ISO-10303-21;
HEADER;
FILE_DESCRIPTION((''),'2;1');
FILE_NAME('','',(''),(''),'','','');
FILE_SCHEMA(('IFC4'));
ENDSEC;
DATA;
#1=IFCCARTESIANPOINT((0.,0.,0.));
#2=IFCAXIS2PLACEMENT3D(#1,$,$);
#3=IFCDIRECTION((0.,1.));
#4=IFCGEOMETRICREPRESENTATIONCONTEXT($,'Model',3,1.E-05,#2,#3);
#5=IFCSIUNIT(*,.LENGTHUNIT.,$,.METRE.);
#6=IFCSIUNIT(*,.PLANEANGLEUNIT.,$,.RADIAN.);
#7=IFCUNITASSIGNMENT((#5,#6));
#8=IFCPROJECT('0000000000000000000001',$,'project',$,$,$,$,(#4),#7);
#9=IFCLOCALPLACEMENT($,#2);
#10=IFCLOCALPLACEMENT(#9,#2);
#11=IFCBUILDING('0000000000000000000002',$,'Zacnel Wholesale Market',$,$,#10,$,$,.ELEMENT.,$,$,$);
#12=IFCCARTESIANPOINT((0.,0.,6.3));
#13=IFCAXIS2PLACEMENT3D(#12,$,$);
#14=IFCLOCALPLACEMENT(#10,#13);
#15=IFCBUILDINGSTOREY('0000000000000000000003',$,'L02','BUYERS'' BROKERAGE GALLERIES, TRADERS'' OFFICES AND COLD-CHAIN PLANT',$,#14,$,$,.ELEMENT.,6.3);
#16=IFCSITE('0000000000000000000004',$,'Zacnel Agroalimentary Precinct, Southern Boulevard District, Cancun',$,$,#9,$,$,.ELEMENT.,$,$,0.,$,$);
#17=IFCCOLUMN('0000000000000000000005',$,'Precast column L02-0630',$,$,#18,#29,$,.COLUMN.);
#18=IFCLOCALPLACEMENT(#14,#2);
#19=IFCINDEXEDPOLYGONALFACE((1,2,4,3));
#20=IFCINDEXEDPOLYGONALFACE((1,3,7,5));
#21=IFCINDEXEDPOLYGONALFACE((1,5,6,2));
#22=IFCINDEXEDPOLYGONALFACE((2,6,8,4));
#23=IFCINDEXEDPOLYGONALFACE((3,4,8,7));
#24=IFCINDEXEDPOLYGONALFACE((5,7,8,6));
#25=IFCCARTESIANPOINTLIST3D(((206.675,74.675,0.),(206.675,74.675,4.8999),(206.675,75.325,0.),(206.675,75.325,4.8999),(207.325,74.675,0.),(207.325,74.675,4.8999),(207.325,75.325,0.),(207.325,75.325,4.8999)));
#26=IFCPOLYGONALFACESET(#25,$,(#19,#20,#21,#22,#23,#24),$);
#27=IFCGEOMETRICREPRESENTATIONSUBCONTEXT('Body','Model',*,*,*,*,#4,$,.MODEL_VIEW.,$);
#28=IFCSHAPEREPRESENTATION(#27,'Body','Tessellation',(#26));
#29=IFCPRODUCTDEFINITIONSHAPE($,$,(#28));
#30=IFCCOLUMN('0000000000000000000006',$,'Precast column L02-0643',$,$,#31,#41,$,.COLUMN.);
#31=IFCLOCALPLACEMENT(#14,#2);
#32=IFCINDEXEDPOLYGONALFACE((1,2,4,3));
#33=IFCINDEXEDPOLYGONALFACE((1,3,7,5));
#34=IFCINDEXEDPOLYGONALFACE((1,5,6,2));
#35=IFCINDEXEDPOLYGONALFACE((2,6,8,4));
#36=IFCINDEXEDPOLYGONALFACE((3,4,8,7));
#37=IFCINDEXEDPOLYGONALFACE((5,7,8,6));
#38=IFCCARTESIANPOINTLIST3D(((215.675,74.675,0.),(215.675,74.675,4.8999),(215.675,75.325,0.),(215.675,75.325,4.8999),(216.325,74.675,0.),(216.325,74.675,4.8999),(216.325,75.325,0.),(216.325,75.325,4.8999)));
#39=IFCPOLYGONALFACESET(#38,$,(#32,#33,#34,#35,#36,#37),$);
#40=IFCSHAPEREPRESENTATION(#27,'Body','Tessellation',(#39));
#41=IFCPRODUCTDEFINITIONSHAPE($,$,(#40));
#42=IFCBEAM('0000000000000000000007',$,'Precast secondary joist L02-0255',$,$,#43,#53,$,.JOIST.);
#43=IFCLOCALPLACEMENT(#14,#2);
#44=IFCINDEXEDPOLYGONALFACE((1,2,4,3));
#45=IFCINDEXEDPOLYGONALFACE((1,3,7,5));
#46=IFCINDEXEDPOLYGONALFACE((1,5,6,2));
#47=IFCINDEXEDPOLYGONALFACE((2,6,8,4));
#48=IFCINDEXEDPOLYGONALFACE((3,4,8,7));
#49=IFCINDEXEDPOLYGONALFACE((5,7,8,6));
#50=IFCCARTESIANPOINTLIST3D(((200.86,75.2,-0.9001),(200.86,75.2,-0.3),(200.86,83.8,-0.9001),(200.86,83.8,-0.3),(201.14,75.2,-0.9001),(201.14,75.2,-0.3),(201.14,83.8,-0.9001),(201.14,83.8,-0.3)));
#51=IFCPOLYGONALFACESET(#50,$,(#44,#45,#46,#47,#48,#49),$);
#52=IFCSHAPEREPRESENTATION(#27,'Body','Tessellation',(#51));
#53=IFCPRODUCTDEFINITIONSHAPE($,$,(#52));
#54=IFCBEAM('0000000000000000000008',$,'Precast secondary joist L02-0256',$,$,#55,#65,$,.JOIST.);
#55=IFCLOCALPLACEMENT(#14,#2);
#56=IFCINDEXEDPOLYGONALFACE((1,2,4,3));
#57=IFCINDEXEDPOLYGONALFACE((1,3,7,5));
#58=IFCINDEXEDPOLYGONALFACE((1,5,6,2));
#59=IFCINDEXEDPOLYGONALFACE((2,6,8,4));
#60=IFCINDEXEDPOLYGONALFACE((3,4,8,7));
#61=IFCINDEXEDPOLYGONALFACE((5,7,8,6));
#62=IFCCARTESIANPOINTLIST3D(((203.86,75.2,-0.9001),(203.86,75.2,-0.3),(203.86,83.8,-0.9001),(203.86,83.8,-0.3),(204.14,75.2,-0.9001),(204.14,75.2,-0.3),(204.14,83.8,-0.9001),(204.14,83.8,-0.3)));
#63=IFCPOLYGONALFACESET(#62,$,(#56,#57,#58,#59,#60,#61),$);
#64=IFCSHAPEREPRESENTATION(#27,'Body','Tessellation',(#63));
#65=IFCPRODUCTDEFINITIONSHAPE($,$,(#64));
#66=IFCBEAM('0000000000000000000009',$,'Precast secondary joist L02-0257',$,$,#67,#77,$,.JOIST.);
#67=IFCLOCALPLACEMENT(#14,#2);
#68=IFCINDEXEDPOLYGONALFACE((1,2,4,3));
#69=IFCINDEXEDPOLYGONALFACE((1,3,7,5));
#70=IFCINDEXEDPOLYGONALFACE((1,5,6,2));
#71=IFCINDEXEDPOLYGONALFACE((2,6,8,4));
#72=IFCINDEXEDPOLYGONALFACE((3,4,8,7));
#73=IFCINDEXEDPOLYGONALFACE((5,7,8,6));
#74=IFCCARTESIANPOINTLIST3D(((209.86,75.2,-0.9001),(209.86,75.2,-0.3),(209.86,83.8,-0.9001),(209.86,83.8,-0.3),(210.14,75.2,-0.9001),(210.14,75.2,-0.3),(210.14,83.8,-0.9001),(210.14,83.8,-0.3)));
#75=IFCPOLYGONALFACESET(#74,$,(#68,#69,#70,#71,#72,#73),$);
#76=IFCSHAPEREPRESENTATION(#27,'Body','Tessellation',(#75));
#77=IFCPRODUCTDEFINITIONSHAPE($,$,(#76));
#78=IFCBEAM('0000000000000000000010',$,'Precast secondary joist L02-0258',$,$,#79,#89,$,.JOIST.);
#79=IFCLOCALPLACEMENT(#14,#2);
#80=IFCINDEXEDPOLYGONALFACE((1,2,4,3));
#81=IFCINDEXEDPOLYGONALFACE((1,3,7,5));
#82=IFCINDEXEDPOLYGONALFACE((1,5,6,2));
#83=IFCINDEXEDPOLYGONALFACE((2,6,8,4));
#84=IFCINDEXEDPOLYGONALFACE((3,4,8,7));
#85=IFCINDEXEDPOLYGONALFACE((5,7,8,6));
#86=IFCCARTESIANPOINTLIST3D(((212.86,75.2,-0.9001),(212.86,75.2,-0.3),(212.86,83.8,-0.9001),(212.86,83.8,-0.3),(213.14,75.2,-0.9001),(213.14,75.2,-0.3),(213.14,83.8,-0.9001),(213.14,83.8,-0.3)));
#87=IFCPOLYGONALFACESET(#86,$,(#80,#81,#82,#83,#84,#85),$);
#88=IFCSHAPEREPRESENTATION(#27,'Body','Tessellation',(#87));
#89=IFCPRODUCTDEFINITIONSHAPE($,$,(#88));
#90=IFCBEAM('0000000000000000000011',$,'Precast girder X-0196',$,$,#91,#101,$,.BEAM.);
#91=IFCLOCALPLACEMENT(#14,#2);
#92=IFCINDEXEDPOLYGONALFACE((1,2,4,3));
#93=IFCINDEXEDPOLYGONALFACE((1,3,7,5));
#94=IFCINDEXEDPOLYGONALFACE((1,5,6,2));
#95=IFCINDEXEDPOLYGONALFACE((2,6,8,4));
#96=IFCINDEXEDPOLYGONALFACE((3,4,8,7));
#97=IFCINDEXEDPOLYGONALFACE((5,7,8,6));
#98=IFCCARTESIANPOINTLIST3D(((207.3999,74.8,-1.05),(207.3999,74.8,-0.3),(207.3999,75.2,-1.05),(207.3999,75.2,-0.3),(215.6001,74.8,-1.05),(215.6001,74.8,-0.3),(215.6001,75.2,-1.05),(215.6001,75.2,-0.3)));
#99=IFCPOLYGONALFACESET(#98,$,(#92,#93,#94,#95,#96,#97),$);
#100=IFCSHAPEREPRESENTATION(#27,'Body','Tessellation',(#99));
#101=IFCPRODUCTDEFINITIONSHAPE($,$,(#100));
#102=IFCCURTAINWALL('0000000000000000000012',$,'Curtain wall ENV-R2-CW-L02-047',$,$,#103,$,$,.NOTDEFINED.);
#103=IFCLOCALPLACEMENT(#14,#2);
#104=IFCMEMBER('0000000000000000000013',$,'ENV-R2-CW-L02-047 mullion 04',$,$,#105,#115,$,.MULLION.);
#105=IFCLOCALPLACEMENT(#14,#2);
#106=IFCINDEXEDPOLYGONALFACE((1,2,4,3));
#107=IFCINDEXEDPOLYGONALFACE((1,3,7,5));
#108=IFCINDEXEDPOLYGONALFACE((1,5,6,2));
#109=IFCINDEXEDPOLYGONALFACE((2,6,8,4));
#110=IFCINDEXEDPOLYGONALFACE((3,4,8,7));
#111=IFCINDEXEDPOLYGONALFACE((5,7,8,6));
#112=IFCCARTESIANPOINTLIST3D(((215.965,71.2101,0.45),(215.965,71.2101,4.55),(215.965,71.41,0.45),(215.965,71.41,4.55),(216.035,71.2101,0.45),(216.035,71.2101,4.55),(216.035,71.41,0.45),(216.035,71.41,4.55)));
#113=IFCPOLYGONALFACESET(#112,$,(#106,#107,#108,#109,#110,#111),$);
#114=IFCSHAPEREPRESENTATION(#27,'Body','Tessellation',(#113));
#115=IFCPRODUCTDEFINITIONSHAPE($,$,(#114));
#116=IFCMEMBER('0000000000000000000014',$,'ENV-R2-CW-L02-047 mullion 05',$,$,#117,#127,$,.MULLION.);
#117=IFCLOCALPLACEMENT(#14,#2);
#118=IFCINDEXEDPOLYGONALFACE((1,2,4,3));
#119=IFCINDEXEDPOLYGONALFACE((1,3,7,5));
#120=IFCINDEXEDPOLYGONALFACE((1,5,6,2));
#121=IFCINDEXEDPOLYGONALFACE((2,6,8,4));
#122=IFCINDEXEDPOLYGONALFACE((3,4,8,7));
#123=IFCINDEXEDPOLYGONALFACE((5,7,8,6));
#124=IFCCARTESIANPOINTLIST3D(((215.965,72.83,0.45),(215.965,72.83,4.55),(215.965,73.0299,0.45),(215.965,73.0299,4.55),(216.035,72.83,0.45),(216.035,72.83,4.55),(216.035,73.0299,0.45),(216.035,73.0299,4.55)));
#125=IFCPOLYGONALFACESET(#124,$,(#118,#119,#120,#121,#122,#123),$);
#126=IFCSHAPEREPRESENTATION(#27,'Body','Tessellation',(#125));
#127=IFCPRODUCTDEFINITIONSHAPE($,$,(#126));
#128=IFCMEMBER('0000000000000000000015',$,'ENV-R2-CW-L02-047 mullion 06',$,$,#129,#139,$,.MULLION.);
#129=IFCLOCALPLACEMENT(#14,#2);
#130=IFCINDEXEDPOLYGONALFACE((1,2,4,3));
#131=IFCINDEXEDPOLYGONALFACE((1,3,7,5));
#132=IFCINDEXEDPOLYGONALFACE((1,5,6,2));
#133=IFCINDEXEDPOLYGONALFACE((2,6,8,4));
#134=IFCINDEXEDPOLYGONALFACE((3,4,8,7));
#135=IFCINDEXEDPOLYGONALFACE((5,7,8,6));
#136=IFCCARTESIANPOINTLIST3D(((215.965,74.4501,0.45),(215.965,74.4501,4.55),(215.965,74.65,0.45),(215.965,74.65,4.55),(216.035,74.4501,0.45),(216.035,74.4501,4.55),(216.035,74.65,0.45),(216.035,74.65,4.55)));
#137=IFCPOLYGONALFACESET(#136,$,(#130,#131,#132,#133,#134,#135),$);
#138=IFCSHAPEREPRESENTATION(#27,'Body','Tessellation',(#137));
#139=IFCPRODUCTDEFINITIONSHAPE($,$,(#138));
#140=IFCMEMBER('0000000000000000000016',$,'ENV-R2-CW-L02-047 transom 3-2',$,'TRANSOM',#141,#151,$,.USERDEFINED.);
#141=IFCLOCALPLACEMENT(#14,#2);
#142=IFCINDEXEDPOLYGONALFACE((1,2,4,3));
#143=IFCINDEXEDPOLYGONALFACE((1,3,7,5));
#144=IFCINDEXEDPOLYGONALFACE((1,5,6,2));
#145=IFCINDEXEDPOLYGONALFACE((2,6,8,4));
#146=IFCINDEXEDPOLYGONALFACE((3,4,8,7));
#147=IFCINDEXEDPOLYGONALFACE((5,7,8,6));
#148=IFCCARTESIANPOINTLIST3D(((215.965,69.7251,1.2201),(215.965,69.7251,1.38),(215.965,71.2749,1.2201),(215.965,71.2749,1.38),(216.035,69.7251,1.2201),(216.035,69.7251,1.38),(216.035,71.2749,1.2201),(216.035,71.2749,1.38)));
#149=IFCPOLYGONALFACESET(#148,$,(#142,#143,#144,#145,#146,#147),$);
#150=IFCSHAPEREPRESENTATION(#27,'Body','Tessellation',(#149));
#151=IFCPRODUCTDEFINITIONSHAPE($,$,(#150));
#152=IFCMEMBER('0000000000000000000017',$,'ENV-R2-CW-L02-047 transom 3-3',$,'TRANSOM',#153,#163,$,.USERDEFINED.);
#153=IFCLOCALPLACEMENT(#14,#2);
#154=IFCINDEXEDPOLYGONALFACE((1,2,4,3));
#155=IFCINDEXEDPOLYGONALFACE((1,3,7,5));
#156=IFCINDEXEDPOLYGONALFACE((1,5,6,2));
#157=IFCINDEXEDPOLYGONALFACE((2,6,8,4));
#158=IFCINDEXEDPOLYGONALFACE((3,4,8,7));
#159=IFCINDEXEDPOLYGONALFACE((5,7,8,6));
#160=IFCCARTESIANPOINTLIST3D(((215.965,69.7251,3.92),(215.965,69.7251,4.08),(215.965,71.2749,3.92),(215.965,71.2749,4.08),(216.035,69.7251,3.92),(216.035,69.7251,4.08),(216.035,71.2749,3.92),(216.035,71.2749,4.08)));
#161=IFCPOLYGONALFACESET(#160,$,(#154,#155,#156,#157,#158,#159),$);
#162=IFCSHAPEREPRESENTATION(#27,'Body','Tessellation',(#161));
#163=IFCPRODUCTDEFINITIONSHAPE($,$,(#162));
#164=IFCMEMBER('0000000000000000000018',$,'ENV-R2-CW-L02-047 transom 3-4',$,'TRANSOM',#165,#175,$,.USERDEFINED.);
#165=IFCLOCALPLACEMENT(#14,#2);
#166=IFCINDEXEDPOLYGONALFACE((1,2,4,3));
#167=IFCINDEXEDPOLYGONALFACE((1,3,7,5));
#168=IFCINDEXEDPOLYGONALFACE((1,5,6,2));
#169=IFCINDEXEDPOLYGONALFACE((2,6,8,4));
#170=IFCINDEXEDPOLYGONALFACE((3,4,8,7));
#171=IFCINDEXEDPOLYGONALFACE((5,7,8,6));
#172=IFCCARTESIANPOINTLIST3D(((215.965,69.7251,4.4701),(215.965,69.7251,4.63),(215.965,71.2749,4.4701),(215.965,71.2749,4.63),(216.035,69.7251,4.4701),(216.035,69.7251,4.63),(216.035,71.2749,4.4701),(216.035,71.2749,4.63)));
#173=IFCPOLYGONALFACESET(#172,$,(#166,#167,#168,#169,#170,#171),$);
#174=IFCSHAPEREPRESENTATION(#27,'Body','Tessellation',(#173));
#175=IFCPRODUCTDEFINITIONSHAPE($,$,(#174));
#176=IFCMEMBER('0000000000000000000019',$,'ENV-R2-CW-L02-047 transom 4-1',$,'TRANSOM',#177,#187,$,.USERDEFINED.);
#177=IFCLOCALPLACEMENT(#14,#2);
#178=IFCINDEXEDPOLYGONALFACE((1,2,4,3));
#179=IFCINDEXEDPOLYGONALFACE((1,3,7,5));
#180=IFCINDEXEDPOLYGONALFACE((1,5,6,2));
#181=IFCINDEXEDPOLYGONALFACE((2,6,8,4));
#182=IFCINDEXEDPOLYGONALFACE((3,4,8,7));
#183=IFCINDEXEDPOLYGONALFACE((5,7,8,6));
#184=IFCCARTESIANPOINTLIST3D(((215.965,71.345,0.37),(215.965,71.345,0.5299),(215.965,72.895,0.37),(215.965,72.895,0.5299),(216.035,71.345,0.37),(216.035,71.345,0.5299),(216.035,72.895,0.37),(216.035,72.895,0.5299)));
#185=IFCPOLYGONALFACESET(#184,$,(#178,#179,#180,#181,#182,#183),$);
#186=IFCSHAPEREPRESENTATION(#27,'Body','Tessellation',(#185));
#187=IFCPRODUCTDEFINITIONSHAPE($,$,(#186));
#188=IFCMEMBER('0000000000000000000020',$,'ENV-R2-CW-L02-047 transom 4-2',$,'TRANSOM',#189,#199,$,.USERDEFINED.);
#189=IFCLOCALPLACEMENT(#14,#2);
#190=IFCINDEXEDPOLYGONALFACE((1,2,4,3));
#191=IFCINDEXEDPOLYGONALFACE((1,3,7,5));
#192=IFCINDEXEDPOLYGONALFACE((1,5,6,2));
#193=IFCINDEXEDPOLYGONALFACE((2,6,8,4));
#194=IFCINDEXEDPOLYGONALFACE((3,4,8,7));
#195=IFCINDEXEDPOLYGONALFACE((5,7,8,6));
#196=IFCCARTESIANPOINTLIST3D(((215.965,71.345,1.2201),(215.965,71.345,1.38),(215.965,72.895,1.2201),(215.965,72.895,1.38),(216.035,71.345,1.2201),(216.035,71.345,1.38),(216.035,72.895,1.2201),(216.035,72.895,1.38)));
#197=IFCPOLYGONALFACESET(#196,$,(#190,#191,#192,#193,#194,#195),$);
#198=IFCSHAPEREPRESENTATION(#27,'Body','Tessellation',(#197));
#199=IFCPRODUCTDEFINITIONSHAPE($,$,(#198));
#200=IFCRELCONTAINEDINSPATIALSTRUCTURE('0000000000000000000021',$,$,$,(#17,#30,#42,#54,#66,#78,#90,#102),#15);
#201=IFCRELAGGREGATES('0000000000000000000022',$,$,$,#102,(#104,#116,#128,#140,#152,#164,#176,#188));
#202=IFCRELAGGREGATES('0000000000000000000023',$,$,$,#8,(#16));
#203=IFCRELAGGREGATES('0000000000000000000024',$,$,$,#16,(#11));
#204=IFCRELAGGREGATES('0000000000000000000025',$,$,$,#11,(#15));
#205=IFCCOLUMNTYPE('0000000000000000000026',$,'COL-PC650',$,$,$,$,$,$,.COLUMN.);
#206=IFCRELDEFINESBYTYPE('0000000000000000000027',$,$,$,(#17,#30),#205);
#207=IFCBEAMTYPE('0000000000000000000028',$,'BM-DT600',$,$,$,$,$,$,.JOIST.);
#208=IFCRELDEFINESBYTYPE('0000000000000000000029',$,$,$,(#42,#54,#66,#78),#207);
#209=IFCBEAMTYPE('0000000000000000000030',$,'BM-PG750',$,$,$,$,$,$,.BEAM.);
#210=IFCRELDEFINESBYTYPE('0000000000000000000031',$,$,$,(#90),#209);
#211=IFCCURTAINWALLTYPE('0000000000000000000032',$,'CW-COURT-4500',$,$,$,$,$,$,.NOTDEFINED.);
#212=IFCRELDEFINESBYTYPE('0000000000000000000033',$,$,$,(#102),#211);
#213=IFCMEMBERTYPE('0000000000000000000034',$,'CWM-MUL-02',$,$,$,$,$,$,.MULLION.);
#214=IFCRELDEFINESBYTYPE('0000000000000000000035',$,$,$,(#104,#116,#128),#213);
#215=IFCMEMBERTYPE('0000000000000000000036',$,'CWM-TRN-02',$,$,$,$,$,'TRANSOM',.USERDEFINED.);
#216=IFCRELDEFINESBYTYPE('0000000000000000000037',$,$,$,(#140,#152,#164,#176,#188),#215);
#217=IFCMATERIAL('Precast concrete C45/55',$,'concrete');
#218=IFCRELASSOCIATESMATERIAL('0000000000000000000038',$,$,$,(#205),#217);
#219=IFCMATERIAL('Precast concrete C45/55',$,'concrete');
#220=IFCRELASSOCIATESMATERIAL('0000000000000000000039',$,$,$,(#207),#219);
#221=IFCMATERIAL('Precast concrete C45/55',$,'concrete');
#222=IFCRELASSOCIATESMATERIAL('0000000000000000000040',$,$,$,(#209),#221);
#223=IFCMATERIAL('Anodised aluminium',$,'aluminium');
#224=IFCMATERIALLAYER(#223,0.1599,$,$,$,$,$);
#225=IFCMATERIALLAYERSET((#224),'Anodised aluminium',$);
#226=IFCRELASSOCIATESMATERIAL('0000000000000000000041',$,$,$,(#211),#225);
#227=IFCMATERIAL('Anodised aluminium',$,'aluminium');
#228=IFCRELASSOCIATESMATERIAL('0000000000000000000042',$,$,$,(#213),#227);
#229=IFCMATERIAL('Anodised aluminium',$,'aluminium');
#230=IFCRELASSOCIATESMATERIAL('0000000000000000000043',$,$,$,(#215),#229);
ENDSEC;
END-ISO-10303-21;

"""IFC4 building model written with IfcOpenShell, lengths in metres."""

from ifc_helpers import new_model, si_unit, direction, frame, origin, origin_2d, place, context, subcontext, project, spatial, rectangle, extrude, material, layer, layer_set, material_profile, profile_set, type_object, element, aggregate, save


model = new_model("IFC4")

# Units and contexts
model_context = context("Model", 3, precision=1e-05, world=origin(), true_north=direction((0.0, 1.0)))
body_context = subcontext(model_context, "Body", "Model", "MODEL_VIEW")
ifc_project = project(units=[si_unit("LENGTHUNIT", "METRE"), si_unit("PLANEANGLEUNIT", "RADIAN")], contexts=[model_context])

# Site, building, storey
site_placement = place(None, origin())
site = spatial("IfcSite", under=ifc_project, at=site_placement, Name="Zacnel Agroalimentary Precinct, Southern Boulevard District, Cancun", CompositionType="ELEMENT", RefElevation=0.0)
building_placement = place(site_placement, origin())
building = spatial("IfcBuilding", under=site, at=building_placement, Name="Zacnel Wholesale Market", CompositionType="ELEMENT")
storey_placement = place(building_placement, frame((0.0, 0.0, 6.3)))
storey = spatial("IfcBuildingStorey", under=building, at=storey_placement, Name="L02", Description="BUYERS' BROKERAGE GALLERIES, TRADERS' OFFICES AND COLD-CHAIN PLANT", CompositionType="ELEMENT", Elevation=6.3)

# Columns
ifc_material_1 = material(Name="Precast concrete C45/55", Category="concrete")
ifc_material_profile_1 = material_profile(ifc_material_1, rectangle(XDim=0.6499, YDim=0.6499, at=origin_2d()), Name="PC 650x650")
ifc_profile_set_1 = profile_set([ifc_material_profile_1], Name="Precast concrete C45/55")
column_type = type_object("IfcColumnType", Name="COL-PC650", PredefinedType="COLUMN", material=ifc_profile_set_1)
for number, where, z_axis, x_axis, name in (
    (1, (207.0, 75.0, 0.0), (0.0, 0.0, 1.0), (1.0, 0.0, 0.0), "Precast column L02-0630"),
    (2, (216.0, 75.0, 0.0), (0.0, 0.0, 1.0), (1.0, 0.0, 0.0), "Precast column L02-0643"),
):
    element("IfcColumn", number, at=place(storey_placement, frame(where, z_axis=z_axis, x_axis=x_axis)), inside=storey, type_object=column_type, Name=name, PredefinedType="COLUMN", context=body_context, shape_type="SweptSolid", body=[
        extrude(rectangle(XDim=0.6499, YDim=0.6499, at=origin_2d()), origin(), (0.0, 0.0, 1.0), 4.8999),
    ])

# Beams
ifc_material_2 = material(Name="Precast concrete C45/55", Category="concrete")
ifc_material_profile_2 = material_profile(ifc_material_2, rectangle(XDim=0.28, YDim=0.6001, at=origin_2d()), Name="DT RIB 280x600")
ifc_profile_set_2 = profile_set([ifc_material_profile_2], Name="Precast concrete C45/55")
beam_type_1 = type_object("IfcBeamType", Name="BM-DT600", PredefinedType="JOIST", material=ifc_profile_set_2)
for number, where, z_axis, x_axis, name in (
    (3, (201.0, 75.2, -0.6001), (0.0, 1.0, 0.0), (-1.0, 0.0, 0.0), "Precast secondary joist L02-0255"),
    (4, (204.0, 75.2, -0.6001), (0.0, 1.0, 0.0), (-1.0, 0.0, 0.0), "Precast secondary joist L02-0256"),
    (5, (210.0, 75.2, -0.6001), (0.0, 1.0, 0.0), (-1.0, 0.0, 0.0), "Precast secondary joist L02-0257"),
    (6, (213.0, 75.2, -0.6001), (0.0, 1.0, 0.0), (-1.0, 0.0, 0.0), "Precast secondary joist L02-0258"),
):
    element("IfcBeam", number, at=place(storey_placement, frame(where, z_axis=z_axis, x_axis=x_axis)), inside=storey, type_object=beam_type_1, Name=name, PredefinedType="JOIST", context=body_context, shape_type="SweptSolid", body=[
        extrude(rectangle(XDim=0.28, YDim=0.6001, at=origin_2d()), origin(), (0.0, 0.0, 1.0), 8.6001),
    ])
ifc_material_3 = material(Name="Precast concrete C45/55", Category="concrete")
ifc_material_profile_3 = material_profile(ifc_material_3, rectangle(XDim=0.3999, YDim=0.75, at=origin_2d()), Name="PG 400x750")
ifc_profile_set_3 = profile_set([ifc_material_profile_3], Name="Precast concrete C45/55")
beam_type_2 = type_object("IfcBeamType", Name="BM-PG750", PredefinedType="BEAM", material=ifc_profile_set_3)
beam_placement = place(storey_placement, frame((207.3999, 75.0, -0.675), z_axis=(1.0, 0.0, 0.0), x_axis=(0.0, 1.0, 0.0)))
element("IfcBeam", 7, at=beam_placement, inside=storey, type_object=beam_type_2, Name="Precast girder X-0196", PredefinedType="BEAM", context=body_context, shape_type="SweptSolid", body=[
    extrude(rectangle(XDim=0.3999, YDim=0.75, at=origin_2d()), origin(), (0.0, 0.0, 1.0), 8.2002),
])

# Curtain wall, members
ifc_material_4 = material(Name="Anodised aluminium", Category="aluminium")
ifc_layer_1 = layer(ifc_material_4, 0.1599)
ifc_layer_set_1 = layer_set([ifc_layer_1], Name="Anodised aluminium")
curtain_wall_type = type_object("IfcCurtainWallType", Name="CW-COURT-4500", PredefinedType="NOTDEFINED", material=ifc_layer_set_1)
curtain_wall_placement = place(storey_placement, origin())
curtain_wall = element("IfcCurtainWall", 8, at=curtain_wall_placement, inside=storey, type_object=curtain_wall_type, Name="Curtain wall ENV-R2-CW-L02-047", PredefinedType="NOTDEFINED")
ifc_material_5 = material(Name="Anodised aluminium", Category="aluminium")
ifc_material_profile_4 = material_profile(ifc_material_5, rectangle(XDim=0.0701, YDim=0.2, at=origin_2d()), Name="AW-MULLION 70x200")
ifc_profile_set_4 = profile_set([ifc_material_profile_4], Name="Anodised aluminium")
member_type_1 = type_object("IfcMemberType", Name="CWM-MUL-02", PredefinedType="MULLION", material=ifc_profile_set_4)
member_1_placement = place(storey_placement, frame((216.0, 71.3101, 0.45), z_axis=(0.0, 0.0, 1.0), x_axis=(1.0, 0.0, 0.0)))
member_1 = element("IfcMember", 9, at=member_1_placement, type_object=member_type_1, Name="ENV-R2-CW-L02-047 mullion 04", PredefinedType="MULLION", context=body_context, shape_type="SweptSolid", body=[
    extrude(rectangle(XDim=0.0701, YDim=0.2, at=origin_2d()), origin(), (0.0, 0.0, 1.0), 4.1001),
])
member_2_placement = place(storey_placement, frame((216.0, 72.9299, 0.45), z_axis=(0.0, 0.0, 1.0), x_axis=(1.0, 0.0, 0.0)))
member_2 = element("IfcMember", 10, at=member_2_placement, type_object=member_type_1, Name="ENV-R2-CW-L02-047 mullion 05", PredefinedType="MULLION", context=body_context, shape_type="SweptSolid", body=[
    extrude(rectangle(XDim=0.0701, YDim=0.2, at=origin_2d()), origin(), (0.0, 0.0, 1.0), 4.1001),
])
member_3_placement = place(storey_placement, frame((216.0, 74.55, 0.45), z_axis=(0.0, 0.0, 1.0), x_axis=(1.0, 0.0, 0.0)))
member_3 = element("IfcMember", 11, at=member_3_placement, type_object=member_type_1, Name="ENV-R2-CW-L02-047 mullion 06", PredefinedType="MULLION", context=body_context, shape_type="SweptSolid", body=[
    extrude(rectangle(XDim=0.0701, YDim=0.2, at=origin_2d()), origin(), (0.0, 0.0, 1.0), 4.1001),
])
ifc_material_6 = material(Name="Anodised aluminium", Category="aluminium")
ifc_material_profile_5 = material_profile(ifc_material_6, rectangle(XDim=0.0701, YDim=0.1599, at=origin_2d()), Name="AW-TRANSOM 70x160")
ifc_profile_set_5 = profile_set([ifc_material_profile_5], Name="Anodised aluminium")
member_type_2 = type_object("IfcMemberType", Name="CWM-TRN-02", ElementType="TRANSOM", PredefinedType="USERDEFINED", material=ifc_profile_set_5)
member_4_placement = place(storey_placement, frame((216.0, 69.7251, 1.3), z_axis=(0.0, 1.0, 0.0), x_axis=(-1.0, 0.0, 0.0)))
member_4 = element("IfcMember", 12, at=member_4_placement, type_object=member_type_2, Name="ENV-R2-CW-L02-047 transom 3-2", ObjectType="TRANSOM", PredefinedType="USERDEFINED", context=body_context, shape_type="SweptSolid", body=[
    extrude(rectangle(XDim=0.0701, YDim=0.1599, at=origin_2d()), origin(), (0.0, 0.0, 1.0), 1.5498),
])
member_5_placement = place(storey_placement, frame((216.0, 69.7251, 4.0), z_axis=(0.0, 1.0, 0.0), x_axis=(-1.0, 0.0, 0.0)))
member_5 = element("IfcMember", 13, at=member_5_placement, type_object=member_type_2, Name="ENV-R2-CW-L02-047 transom 3-3", ObjectType="TRANSOM", PredefinedType="USERDEFINED", context=body_context, shape_type="SweptSolid", body=[
    extrude(rectangle(XDim=0.0701, YDim=0.1599, at=origin_2d()), origin(), (0.0, 0.0, 1.0), 1.5498),
])
member_6_placement = place(storey_placement, frame((216.0, 69.7251, 4.55), z_axis=(0.0, 1.0, 0.0), x_axis=(-1.0, 0.0, 0.0)))
member_6 = element("IfcMember", 14, at=member_6_placement, type_object=member_type_2, Name="ENV-R2-CW-L02-047 transom 3-4", ObjectType="TRANSOM", PredefinedType="USERDEFINED", context=body_context, shape_type="SweptSolid", body=[
    extrude(rectangle(XDim=0.0701, YDim=0.1599, at=origin_2d()), origin(), (0.0, 0.0, 1.0), 1.5498),
])
member_7_placement = place(storey_placement, frame((216.0, 71.345, 0.45), z_axis=(0.0, 1.0, 0.0), x_axis=(-1.0, 0.0, 0.0)))
member_7 = element("IfcMember", 15, at=member_7_placement, type_object=member_type_2, Name="ENV-R2-CW-L02-047 transom 4-1", ObjectType="TRANSOM", PredefinedType="USERDEFINED", context=body_context, shape_type="SweptSolid", body=[
    extrude(rectangle(XDim=0.0701, YDim=0.1599, at=origin_2d()), origin(), (0.0, 0.0, 1.0), 1.55),
])
member_8_placement = place(storey_placement, frame((216.0, 71.345, 1.3), z_axis=(0.0, 1.0, 0.0), x_axis=(-1.0, 0.0, 0.0)))
member_8 = element("IfcMember", 16, at=member_8_placement, type_object=member_type_2, Name="ENV-R2-CW-L02-047 transom 4-2", ObjectType="TRANSOM", PredefinedType="USERDEFINED", context=body_context, shape_type="SweptSolid", body=[
    extrude(rectangle(XDim=0.0701, YDim=0.1599, at=origin_2d()), origin(), (0.0, 0.0, 1.0), 1.55),
])
aggregate(curtain_wall, [member_1, member_2, member_3, member_4, member_5, member_6, member_7, member_8])

save(model, "model.ifc")
